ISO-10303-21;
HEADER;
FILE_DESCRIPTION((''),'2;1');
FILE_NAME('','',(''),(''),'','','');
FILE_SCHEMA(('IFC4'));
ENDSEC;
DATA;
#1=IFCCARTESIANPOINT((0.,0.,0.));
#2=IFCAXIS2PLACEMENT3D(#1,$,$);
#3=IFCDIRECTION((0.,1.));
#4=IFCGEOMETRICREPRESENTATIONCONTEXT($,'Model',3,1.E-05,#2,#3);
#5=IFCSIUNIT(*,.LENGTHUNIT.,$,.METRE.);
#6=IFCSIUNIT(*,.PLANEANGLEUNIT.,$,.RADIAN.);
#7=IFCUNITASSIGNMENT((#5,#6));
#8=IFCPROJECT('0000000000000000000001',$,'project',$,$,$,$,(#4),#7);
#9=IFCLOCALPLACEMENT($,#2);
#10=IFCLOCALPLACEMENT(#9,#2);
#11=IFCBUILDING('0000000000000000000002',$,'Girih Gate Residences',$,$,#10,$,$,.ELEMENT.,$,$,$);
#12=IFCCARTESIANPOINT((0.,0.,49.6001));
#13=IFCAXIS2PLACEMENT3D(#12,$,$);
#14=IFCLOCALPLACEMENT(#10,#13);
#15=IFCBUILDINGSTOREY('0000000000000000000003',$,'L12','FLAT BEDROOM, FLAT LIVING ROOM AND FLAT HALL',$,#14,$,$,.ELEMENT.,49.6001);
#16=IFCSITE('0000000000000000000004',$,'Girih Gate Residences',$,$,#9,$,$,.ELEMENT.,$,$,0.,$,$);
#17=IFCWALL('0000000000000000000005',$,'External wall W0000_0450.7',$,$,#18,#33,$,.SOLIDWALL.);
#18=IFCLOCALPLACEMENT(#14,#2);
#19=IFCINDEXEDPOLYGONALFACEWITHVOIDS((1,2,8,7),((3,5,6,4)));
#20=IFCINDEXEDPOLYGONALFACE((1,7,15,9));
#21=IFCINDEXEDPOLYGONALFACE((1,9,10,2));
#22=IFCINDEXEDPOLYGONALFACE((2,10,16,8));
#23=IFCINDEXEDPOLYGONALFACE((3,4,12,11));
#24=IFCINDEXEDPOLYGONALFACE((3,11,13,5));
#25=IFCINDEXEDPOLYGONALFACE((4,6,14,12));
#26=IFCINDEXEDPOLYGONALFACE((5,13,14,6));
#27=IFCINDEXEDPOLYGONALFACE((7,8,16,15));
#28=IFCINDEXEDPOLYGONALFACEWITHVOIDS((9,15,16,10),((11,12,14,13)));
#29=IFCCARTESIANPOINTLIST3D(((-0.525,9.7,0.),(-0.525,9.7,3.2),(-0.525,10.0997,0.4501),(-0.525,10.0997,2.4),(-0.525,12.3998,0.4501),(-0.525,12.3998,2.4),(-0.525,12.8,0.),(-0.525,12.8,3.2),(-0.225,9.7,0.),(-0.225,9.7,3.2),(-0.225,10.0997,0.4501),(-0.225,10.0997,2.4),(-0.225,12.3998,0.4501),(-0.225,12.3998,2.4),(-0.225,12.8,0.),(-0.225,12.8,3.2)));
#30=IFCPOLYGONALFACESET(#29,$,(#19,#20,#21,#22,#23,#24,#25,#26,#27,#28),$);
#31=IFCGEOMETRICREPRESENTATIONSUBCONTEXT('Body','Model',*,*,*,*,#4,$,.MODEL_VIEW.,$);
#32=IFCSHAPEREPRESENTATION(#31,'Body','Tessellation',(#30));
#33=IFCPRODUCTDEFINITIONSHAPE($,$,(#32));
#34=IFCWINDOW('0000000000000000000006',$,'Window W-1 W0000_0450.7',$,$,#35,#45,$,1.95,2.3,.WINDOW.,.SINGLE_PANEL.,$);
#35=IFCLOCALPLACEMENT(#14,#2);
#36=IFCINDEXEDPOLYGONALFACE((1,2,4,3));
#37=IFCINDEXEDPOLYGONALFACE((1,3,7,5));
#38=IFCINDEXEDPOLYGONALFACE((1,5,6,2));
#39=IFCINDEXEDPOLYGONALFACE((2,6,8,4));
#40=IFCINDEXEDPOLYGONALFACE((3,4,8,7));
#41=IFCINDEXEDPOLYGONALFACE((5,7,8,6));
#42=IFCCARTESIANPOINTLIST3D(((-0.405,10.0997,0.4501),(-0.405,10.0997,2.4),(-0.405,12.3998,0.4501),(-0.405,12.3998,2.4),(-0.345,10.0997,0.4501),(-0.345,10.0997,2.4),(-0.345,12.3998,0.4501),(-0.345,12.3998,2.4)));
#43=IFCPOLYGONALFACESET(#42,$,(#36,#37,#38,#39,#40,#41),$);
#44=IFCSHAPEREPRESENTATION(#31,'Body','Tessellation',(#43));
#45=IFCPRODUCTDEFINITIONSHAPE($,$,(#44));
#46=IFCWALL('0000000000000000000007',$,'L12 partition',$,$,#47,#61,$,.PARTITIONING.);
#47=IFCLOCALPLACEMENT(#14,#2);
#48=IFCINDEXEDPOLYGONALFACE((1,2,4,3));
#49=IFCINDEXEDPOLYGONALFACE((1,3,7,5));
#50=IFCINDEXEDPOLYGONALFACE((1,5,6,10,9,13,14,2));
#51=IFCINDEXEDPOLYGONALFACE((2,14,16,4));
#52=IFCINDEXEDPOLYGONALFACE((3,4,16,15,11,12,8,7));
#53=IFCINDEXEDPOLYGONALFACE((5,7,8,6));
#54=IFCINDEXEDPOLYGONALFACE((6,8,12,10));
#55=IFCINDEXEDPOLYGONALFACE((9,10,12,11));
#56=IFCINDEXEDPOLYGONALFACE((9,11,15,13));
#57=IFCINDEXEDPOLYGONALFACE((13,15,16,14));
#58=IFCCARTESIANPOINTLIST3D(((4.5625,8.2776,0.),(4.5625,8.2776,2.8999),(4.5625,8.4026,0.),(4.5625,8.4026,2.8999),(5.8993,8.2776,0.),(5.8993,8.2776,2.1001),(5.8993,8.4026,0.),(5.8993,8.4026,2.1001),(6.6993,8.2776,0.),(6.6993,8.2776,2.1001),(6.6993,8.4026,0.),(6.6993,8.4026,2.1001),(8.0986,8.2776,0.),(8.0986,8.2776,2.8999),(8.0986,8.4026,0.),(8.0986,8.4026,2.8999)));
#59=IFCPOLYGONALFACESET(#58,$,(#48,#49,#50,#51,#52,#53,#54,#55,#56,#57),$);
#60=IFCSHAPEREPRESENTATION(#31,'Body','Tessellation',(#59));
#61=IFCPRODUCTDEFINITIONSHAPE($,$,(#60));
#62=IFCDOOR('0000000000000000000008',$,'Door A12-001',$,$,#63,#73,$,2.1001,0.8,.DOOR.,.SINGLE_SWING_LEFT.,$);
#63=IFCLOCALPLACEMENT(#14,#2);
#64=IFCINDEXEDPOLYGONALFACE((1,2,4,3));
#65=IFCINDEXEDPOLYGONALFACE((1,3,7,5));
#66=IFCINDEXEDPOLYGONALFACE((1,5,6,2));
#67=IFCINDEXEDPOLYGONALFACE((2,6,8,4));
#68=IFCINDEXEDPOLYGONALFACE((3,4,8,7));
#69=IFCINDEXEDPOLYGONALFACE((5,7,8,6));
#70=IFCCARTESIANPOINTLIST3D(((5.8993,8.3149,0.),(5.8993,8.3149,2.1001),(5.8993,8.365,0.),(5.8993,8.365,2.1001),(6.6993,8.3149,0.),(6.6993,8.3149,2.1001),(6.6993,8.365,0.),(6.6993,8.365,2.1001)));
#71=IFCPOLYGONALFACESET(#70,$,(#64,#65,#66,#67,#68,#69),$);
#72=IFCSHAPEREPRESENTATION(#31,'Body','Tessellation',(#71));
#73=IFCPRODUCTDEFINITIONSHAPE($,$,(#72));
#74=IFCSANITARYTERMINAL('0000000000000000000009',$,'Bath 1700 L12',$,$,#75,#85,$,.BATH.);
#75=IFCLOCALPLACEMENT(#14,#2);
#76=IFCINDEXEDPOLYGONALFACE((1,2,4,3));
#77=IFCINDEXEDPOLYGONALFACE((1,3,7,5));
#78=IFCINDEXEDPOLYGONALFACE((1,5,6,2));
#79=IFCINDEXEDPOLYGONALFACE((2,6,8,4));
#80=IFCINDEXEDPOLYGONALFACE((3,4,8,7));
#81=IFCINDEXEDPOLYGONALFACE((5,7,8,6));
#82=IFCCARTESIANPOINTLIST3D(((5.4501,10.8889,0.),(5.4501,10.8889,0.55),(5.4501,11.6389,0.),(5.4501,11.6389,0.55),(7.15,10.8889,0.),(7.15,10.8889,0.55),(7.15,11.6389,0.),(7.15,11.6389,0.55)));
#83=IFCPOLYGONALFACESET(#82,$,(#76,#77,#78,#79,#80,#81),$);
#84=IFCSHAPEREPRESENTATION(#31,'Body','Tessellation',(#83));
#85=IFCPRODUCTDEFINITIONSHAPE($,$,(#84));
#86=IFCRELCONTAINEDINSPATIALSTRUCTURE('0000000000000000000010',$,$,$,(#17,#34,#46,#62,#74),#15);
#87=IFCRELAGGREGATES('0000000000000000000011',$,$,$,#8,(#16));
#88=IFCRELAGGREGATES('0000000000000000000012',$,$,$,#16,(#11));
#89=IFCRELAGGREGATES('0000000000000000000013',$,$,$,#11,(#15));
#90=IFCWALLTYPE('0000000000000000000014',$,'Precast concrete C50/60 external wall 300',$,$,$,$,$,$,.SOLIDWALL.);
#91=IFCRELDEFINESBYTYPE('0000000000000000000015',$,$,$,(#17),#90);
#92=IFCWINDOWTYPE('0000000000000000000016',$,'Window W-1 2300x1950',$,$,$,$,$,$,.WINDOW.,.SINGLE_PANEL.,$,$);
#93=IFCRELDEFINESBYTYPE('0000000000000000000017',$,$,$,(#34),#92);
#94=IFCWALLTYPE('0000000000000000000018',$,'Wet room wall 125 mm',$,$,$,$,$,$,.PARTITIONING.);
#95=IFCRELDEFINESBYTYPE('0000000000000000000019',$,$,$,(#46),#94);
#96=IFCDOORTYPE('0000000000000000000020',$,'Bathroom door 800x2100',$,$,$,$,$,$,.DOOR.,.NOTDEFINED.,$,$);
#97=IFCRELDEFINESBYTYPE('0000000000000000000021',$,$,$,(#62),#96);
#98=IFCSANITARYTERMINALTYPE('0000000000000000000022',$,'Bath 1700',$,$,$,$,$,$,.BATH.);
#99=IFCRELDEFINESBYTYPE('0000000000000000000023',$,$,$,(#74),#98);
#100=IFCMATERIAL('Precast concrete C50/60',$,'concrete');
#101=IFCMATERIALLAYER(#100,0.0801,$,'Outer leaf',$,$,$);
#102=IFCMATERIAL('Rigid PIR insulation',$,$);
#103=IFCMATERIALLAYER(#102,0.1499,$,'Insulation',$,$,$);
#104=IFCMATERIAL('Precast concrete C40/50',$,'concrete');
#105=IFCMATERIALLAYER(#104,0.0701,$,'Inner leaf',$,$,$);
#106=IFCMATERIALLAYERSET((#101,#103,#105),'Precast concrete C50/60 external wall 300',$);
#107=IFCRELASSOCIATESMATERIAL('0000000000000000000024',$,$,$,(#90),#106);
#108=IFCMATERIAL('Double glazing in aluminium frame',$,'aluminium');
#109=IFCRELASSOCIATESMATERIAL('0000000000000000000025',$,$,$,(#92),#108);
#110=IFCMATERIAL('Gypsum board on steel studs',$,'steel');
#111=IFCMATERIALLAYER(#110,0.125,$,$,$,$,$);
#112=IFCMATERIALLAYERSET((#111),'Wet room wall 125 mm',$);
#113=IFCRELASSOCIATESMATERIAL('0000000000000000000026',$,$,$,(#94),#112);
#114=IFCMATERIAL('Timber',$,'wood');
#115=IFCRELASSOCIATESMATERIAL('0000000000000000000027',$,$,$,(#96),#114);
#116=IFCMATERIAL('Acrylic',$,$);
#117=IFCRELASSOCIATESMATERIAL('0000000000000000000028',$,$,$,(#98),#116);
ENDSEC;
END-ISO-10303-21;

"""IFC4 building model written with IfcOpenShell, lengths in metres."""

from ifc_helpers import new_model, si_unit, direction, frame, frame_2d, origin, origin_2d, place, context, subcontext, project, spatial, rectangle, extrude, material, layer, layer_set, type_object, element, fill, save


model = new_model("IFC4")

# Units and contexts
model_context = context("Model", 3, precision=1e-05, world=origin(), true_north=direction((0.0, 1.0)))
body_context = subcontext(model_context, "Body", "Model", "MODEL_VIEW")
ifc_project = project(units=[si_unit("LENGTHUNIT", "METRE"), si_unit("PLANEANGLEUNIT", "RADIAN")], contexts=[model_context])

# Site, building, storey
site_placement = place(None, origin())
site = spatial("IfcSite", under=ifc_project, at=site_placement, Name="Girih Gate Residences", CompositionType="ELEMENT", RefElevation=0.0)
building_placement = place(site_placement, origin())
building = spatial("IfcBuilding", under=site, at=building_placement, Name="Girih Gate Residences", CompositionType="ELEMENT")
storey_placement = place(building_placement, frame((0.0, 0.0, 49.6001)))
storey = spatial("IfcBuildingStorey", under=building, at=storey_placement, Name="L12", Description="FLAT BEDROOM, FLAT LIVING ROOM AND FLAT HALL", CompositionType="ELEMENT", Elevation=49.6001)

# Shared definitions
ifc_material_1 = material(Name="Gypsum board on steel studs", Category="steel")

# Shared definitions
ifc_material_2 = material(Name="Timber", Category="wood")

# Wall, opening, window
ifc_material_3 = material(Name="Precast concrete C50/60", Category="concrete")
ifc_layer_1 = layer(ifc_material_3, 0.0801, Name="Outer leaf")
ifc_material_4 = material(Name="Rigid PIR insulation")
ifc_layer_2 = layer(ifc_material_4, 0.1499, Name="Insulation")
ifc_material_5 = material(Name="Precast concrete C40/50", Category="concrete")
ifc_layer_3 = layer(ifc_material_5, 0.0701, Name="Inner leaf")
ifc_layer_set_1 = layer_set([ifc_layer_1, ifc_layer_2, ifc_layer_3], Name="Precast concrete C50/60 external wall 300")
wall_type_1 = type_object("IfcWallType", Name="Precast concrete C50/60 external wall 300", PredefinedType="SOLIDWALL", material=ifc_layer_set_1)
ifc_material_6 = material(Name="Double glazing in aluminium frame", Category="aluminium")
window_type = type_object("IfcWindowType", Name="Window W-1 2300x1950", PartitioningType="SINGLE_PANEL", PredefinedType="WINDOW", material=ifc_material_6)
wall_1_placement = place(storey_placement, frame((-0.375, 9.7, 0.0), z_axis=(0.0, 0.0, 1.0), x_axis=(0.0, 1.0, 0.0)))
wall_1 = element("IfcWall", 1, at=wall_1_placement, inside=storey, type_object=wall_type_1, Name="External wall W0000_0450.7", PredefinedType="SOLIDWALL", context=body_context, shape_type="SweptSolid", body=[
    extrude(rectangle(XDim=3.1001, YDim=0.3, at=frame_2d((1.55, 0.0))), origin(), (0.0, 0.0, 1.0), 3.2),
])
opening_1_placement = place(wall_1_placement, frame((0.3999, 0.0, 0.45)))
opening_1 = element("IfcOpeningElement", 2, at=opening_1_placement, cuts=wall_1, PredefinedType="OPENING", context=body_context, shape_type="SweptSolid", body=[
    extrude(rectangle(XDim=2.3, YDim=1.95, at=frame_2d((1.1499, 0.9751))), frame((0.0, 0.1599, 0.0), z_axis=(0.0, -1.0, 0.0), x_axis=(1.0, 0.0, 0.0)), (0.0, 0.0, 1.0), 0.3201),
])
window_1_placement = place(opening_1_placement, origin())
window_1 = element("IfcWindow", 3, at=window_1_placement, inside=storey, type_object=window_type, Name="Window W-1 W0000_0450.7", OverallHeight=1.95, OverallWidth=2.3, PartitioningType="SINGLE_PANEL", PredefinedType="WINDOW", context=body_context, shape_type="SweptSolid", body=[
    extrude(rectangle(XDim=2.3, YDim=1.95, at=frame_2d((1.1499, 0.9751))), frame((0.0, 0.03, 0.0), z_axis=(0.0, -1.0, 0.0), x_axis=(1.0, 0.0, 0.0)), (0.0, 0.0, 1.0), 0.0601),
])
fill(opening_1, window_1)

# Wall, opening, door
ifc_layer_4 = layer(ifc_material_1, 0.125)
ifc_layer_set_2 = layer_set([ifc_layer_4], Name="Wet room wall 125 mm")
wall_type_2 = type_object("IfcWallType", Name="Wet room wall 125 mm", PredefinedType="PARTITIONING", material=ifc_layer_set_2)
wall_2_placement = place(storey_placement, frame((4.5625, 8.3401, 0.0), z_axis=(0.0, 0.0, 1.0), x_axis=(1.0, 0.0, 0.0)))
wall_2 = element("IfcWall", 4, at=wall_2_placement, inside=storey, type_object=wall_type_2, Name="L12 partition", PredefinedType="PARTITIONING", context=body_context, shape_type="SweptSolid", body=[
    extrude(rectangle(XDim=3.5361, YDim=0.125, at=frame_2d((1.7681, 0.0))), origin(), (0.0, 0.0, 1.0), 2.8999),
])
opening_2_placement = place(wall_2_placement, frame((1.3369, 0.0, 0.0)))
opening_2 = element("IfcOpeningElement", 5, at=opening_2_placement, cuts=wall_2, PredefinedType="OPENING", context=body_context, shape_type="SweptSolid", body=[
    extrude(rectangle(XDim=0.8, YDim=2.1001, at=frame_2d((0.3999, 1.05))), frame((0.0, 0.0725, 0.0), z_axis=(0.0, -1.0, 0.0), x_axis=(1.0, 0.0, 0.0)), (0.0, 0.0, 1.0), 0.145),
])
door_type_1 = type_object("IfcDoorType", Name="Bathroom door 800x2100", OperationType="NOTDEFINED", PredefinedType="DOOR", material=ifc_material_2)
door_1_placement = place(opening_2_placement, origin())
door_1 = element("IfcDoor", 6, at=door_1_placement, inside=storey, type_object=door_type_1, Name="Door A12-001", OperationType="SINGLE_SWING_LEFT", OverallHeight=2.1001, OverallWidth=0.8, PredefinedType="DOOR", context=body_context, shape_type="SweptSolid", body=[
    extrude(rectangle(XDim=0.8, YDim=2.1001, at=frame_2d((0.3999, 1.05))), frame((0.0, 0.0249, 0.0), z_axis=(0.0, -1.0, 0.0), x_axis=(1.0, 0.0, 0.0)), (0.0, 0.0, 1.0), 0.05),
])
fill(opening_2, door_1)

# Sanitary terminal
ifc_material_7 = material(Name="Acrylic")
sanitary_terminal_type = type_object("IfcSanitaryTerminalType", Name="Bath 1700", PredefinedType="BATH", material=ifc_material_7)
sanitary_terminal_placement = place(storey_placement, frame((6.3, 11.2639, 0.0), z_axis=(0.0, 0.0, 1.0), x_axis=(1.0, 0.0, 0.0)))
element("IfcSanitaryTerminal", 7, at=sanitary_terminal_placement, inside=storey, type_object=sanitary_terminal_type, Name="Bath 1700 L12", PredefinedType="BATH", context=body_context, shape_type="SweptSolid", body=[
    extrude(rectangle(XDim=1.7, YDim=0.75, at=origin_2d()), origin(), (0.0, 0.0, 1.0), 0.55),
])

save(model, "model.ifc")
